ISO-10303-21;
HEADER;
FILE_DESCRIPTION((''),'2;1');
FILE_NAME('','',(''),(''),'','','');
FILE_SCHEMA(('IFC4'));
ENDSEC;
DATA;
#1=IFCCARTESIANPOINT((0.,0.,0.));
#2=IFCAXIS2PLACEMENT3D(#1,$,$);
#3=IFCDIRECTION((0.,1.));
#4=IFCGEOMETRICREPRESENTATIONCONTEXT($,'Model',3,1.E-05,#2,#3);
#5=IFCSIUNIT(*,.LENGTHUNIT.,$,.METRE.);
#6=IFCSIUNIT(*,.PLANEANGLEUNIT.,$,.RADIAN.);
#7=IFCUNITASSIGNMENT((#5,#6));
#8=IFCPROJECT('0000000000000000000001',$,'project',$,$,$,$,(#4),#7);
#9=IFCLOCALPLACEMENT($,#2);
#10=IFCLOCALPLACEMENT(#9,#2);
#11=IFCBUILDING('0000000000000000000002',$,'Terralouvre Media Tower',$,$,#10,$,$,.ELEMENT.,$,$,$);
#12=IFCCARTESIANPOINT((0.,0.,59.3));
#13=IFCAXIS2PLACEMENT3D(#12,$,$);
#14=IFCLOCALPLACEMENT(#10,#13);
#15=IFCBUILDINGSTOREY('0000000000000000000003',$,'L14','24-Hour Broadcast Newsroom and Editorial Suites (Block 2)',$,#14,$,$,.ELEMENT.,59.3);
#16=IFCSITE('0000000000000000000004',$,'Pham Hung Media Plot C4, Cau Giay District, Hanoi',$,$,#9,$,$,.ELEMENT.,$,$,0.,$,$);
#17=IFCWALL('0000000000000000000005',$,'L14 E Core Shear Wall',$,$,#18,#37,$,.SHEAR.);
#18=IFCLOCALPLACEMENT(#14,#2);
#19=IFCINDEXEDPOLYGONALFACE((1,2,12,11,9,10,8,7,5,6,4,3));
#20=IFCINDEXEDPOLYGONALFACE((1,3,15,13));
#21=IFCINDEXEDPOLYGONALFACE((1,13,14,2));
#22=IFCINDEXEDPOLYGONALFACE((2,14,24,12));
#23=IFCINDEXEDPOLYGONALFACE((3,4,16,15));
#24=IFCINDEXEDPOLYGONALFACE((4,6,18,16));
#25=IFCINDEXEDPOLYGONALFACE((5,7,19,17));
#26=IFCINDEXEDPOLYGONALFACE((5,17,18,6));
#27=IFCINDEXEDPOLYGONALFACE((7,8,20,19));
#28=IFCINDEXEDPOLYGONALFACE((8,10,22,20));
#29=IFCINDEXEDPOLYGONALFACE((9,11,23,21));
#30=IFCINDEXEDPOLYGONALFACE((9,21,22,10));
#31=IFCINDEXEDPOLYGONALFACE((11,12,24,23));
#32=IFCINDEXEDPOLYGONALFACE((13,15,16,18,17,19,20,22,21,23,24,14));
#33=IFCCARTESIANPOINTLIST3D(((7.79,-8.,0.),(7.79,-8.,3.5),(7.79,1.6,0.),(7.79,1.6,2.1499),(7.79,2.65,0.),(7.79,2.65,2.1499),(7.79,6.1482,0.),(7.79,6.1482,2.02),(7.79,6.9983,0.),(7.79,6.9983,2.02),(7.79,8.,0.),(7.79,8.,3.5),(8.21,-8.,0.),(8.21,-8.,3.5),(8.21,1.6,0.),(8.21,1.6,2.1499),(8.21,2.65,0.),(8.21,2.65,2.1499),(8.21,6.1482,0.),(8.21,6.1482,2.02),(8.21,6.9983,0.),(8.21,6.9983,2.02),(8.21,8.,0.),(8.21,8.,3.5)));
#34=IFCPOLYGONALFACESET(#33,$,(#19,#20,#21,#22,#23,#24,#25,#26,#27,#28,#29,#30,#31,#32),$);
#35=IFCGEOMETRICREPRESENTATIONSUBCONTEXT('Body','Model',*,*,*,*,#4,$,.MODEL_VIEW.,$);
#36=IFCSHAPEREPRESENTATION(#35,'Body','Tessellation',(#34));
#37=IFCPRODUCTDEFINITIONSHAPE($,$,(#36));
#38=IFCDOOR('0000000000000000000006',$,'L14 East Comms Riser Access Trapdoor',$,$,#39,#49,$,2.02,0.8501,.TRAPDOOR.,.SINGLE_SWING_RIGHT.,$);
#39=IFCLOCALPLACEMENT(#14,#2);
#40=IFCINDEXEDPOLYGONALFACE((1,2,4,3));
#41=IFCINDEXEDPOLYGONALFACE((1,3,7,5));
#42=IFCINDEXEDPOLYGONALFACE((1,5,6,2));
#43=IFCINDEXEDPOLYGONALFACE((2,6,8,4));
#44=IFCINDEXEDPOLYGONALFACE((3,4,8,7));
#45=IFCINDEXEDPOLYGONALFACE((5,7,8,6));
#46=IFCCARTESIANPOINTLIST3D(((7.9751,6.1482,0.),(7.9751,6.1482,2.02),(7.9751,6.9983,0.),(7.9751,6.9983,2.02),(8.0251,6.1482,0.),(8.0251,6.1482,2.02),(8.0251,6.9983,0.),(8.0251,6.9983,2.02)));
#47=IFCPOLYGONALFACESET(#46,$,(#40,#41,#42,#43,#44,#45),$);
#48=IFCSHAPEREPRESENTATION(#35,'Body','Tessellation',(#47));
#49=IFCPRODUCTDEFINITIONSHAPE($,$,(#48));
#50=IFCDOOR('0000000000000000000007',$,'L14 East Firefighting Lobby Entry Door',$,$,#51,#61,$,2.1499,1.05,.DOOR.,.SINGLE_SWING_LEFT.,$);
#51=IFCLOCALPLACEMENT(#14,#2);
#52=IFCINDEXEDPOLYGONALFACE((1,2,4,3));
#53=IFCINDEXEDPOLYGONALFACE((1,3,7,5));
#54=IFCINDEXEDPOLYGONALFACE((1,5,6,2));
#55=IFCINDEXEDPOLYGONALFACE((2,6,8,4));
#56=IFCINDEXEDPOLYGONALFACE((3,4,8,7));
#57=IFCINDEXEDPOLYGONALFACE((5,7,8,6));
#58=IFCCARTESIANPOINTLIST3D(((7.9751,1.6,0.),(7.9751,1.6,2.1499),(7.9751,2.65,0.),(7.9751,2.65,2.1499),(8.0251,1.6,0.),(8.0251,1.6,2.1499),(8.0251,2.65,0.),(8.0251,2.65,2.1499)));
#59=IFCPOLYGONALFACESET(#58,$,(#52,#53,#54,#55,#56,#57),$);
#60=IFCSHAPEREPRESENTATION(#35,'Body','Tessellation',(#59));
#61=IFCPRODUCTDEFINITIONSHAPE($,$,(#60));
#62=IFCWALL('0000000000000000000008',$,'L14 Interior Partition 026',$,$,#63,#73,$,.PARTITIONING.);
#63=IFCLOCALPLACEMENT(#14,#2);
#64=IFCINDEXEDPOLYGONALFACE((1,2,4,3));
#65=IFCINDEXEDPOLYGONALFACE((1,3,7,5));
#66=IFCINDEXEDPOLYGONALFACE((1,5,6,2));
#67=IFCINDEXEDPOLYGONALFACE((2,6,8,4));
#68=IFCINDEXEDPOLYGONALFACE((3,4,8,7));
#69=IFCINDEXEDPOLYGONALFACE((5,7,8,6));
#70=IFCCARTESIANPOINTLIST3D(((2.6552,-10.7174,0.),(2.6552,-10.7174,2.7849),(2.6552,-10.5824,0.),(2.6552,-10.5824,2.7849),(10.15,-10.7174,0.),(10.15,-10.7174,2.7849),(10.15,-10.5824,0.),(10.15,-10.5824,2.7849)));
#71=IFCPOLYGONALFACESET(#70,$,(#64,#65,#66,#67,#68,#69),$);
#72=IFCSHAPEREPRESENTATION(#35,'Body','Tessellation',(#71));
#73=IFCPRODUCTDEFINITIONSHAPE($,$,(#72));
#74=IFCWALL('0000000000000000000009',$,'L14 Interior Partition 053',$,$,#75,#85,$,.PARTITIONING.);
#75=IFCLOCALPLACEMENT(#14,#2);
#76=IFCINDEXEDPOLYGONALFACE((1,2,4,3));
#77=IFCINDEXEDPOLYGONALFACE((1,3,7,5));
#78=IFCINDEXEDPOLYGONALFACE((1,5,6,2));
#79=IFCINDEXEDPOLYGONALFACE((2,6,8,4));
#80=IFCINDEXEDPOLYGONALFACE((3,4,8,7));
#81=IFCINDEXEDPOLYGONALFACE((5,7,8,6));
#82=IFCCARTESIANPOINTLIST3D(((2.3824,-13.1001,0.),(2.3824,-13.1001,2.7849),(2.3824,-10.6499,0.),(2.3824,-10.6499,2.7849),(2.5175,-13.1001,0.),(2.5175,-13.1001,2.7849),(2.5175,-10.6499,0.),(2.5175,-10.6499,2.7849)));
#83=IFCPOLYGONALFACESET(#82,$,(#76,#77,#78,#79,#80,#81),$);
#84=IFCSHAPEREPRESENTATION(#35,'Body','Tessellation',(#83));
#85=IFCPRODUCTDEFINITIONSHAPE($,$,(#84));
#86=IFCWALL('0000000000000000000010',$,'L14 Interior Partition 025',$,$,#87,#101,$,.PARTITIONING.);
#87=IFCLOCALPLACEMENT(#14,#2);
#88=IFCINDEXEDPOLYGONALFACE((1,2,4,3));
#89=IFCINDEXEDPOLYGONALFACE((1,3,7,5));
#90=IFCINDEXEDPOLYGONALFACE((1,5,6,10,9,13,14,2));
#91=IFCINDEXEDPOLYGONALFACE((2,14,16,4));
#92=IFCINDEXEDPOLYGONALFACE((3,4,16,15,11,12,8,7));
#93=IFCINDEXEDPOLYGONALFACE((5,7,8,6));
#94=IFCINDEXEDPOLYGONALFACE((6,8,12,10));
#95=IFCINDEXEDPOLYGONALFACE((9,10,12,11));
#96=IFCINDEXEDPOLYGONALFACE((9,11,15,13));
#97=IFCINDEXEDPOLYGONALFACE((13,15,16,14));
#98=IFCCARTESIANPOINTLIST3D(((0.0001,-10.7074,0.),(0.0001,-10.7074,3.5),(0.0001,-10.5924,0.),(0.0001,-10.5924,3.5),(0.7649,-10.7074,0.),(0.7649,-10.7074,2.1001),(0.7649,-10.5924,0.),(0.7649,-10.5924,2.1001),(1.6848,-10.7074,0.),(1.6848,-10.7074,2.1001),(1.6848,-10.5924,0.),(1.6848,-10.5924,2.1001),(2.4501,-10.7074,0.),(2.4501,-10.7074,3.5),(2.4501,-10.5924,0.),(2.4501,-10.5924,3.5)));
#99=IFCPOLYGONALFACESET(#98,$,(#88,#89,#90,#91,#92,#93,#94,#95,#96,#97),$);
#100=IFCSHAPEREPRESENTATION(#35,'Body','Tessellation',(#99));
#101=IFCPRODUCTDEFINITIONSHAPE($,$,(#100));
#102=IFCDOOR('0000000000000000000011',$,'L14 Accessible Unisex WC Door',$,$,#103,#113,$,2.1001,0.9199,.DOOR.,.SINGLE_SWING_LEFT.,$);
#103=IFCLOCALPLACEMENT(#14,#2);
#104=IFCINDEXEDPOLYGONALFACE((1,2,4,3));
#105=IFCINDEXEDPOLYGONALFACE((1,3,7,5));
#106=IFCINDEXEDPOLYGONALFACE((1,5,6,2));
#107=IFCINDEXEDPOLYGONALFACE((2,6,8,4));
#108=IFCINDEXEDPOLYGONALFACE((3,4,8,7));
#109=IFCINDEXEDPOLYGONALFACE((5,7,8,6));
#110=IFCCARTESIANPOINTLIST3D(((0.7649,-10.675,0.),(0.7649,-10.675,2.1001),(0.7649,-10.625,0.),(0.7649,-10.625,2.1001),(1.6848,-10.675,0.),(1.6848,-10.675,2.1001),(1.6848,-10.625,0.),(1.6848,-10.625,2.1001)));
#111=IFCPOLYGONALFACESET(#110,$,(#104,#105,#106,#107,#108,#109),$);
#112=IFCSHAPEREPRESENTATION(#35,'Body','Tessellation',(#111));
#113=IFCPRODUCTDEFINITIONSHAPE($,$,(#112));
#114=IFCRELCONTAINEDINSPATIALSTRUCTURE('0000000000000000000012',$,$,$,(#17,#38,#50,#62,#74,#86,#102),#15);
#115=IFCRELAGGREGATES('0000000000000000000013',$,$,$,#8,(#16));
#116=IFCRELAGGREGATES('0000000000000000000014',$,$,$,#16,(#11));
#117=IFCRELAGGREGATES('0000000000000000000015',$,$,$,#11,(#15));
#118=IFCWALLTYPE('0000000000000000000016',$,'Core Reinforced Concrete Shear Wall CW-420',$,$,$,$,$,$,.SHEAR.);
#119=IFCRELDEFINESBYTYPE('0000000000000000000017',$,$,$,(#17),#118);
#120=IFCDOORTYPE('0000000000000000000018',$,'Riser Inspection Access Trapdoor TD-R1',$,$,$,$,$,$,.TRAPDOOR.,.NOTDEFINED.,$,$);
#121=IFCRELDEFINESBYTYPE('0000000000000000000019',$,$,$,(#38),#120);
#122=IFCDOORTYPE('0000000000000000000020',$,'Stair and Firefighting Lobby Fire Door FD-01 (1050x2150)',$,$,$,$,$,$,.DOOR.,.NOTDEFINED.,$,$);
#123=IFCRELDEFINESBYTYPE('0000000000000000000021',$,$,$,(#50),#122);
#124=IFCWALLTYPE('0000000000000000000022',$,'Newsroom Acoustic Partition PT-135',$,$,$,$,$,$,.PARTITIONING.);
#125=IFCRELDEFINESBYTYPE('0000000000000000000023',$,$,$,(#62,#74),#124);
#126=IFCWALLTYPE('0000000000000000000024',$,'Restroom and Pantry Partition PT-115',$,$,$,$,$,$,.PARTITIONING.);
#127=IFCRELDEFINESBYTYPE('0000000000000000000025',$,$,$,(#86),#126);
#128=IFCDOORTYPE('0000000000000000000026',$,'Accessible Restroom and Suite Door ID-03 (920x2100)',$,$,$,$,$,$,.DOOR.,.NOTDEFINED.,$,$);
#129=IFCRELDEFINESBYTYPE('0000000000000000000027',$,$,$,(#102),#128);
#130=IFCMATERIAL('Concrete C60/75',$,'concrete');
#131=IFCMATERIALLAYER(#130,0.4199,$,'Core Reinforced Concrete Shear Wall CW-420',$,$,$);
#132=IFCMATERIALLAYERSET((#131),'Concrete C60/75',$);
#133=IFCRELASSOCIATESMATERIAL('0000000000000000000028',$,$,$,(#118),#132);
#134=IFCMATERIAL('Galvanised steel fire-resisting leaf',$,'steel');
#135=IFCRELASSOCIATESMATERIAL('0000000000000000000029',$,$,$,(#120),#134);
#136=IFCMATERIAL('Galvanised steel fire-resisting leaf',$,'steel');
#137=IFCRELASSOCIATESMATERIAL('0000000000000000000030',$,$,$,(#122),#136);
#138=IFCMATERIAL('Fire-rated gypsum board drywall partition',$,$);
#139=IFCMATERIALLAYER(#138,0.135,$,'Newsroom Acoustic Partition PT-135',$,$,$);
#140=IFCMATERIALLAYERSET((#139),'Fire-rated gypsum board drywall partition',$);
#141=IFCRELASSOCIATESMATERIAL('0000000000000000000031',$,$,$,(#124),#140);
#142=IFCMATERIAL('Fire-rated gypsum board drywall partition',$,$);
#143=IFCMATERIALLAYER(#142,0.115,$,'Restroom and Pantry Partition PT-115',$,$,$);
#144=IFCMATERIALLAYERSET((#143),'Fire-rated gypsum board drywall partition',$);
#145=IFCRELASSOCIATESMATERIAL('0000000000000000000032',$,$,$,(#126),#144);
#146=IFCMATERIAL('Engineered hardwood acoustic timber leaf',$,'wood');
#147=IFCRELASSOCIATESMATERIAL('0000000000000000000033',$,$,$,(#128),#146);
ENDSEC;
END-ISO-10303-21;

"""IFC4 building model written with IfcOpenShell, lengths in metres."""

from ifc_helpers import new_model, si_unit, direction, frame, frame_2d, origin, place, context, subcontext, project, spatial, rectangle, extrude, material, layer, layer_set, type_object, element, fill, save


model = new_model("IFC4")

# Units and contexts
model_context = context("Model", 3, precision=1e-05, world=origin(), true_north=direction((0.0, 1.0)))
body_context = subcontext(model_context, "Body", "Model", "MODEL_VIEW")
ifc_project = project(units=[si_unit("LENGTHUNIT", "METRE"), si_unit("PLANEANGLEUNIT", "RADIAN")], contexts=[model_context])

# Site, building, storey
site_placement = place(None, origin())
site = spatial("IfcSite", under=ifc_project, at=site_placement, Name="Pham Hung Media Plot C4, Cau Giay District, Hanoi", CompositionType="ELEMENT", RefElevation=0.0)
building_placement = place(site_placement, origin())
building = spatial("IfcBuilding", under=site, at=building_placement, Name="Terralouvre Media Tower", CompositionType="ELEMENT")
storey_placement = place(building_placement, frame((0.0, 0.0, 59.3)))
storey = spatial("IfcBuildingStorey", under=building, at=storey_placement, Name="L14", Description="24-Hour Broadcast Newsroom and Editorial Suites (Block 2)", CompositionType="ELEMENT", Elevation=59.3)

# Wall, openings, doors
ifc_material_1 = material(Name="Concrete C60/75", Category="concrete")
ifc_layer_1 = layer(ifc_material_1, 0.4199, Name="Core Reinforced Concrete Shear Wall CW-420")
ifc_layer_set_1 = layer_set([ifc_layer_1], Name="Concrete C60/75")
wall_type_1 = type_object("IfcWallType", Name="Core Reinforced Concrete Shear Wall CW-420", PredefinedType="SHEAR", material=ifc_layer_set_1)
wall_1_placement = place(storey_placement, frame((8.0, -8.0, 0.0), z_axis=(0.0, 0.0, 1.0), x_axis=(0.0, 1.0, 0.0)))
wall_1 = element("IfcWall", 1, at=wall_1_placement, inside=storey, type_object=wall_type_1, Name="L14 E Core Shear Wall", PredefinedType="SHEAR", context=body_context, shape_type="SweptSolid", body=[
    extrude(rectangle(XDim=16.0, YDim=0.4199, at=frame_2d((8.0, 0.0))), origin(), (0.0, 0.0, 1.0), 3.5),
])
opening_1_placement = place(wall_1_placement, frame((9.6001, 0.0, 0.0)))
opening_1 = element("IfcOpeningElement", 2, at=opening_1_placement, cuts=wall_1, PredefinedType="OPENING", context=body_context, shape_type="SweptSolid", body=[
    extrude(rectangle(XDim=1.05, YDim=2.1499, at=frame_2d((0.5249, 1.075))), frame((0.0, 0.22, 0.0), z_axis=(0.0, -1.0, 0.0), x_axis=(1.0, 0.0, 0.0)), (0.0, 0.0, 1.0), 0.4399),
])
opening_2_placement = place(wall_1_placement, frame((14.1482, 0.0, 0.0)))
opening_2 = element("IfcOpeningElement", 3, at=opening_2_placement, cuts=wall_1, PredefinedType="OPENING", context=body_context, shape_type="SweptSolid", body=[
    extrude(rectangle(XDim=0.8501, YDim=2.02, at=frame_2d((0.425, 1.01))), frame((0.0, 0.22, 0.0), z_axis=(0.0, -1.0, 0.0), x_axis=(1.0, 0.0, 0.0)), (0.0, 0.0, 1.0), 0.4399),
])
ifc_material_2 = material(Name="Galvanised steel fire-resisting leaf", Category="steel")
door_type_1 = type_object("IfcDoorType", Name="Riser Inspection Access Trapdoor TD-R1", OperationType="NOTDEFINED", PredefinedType="TRAPDOOR", material=ifc_material_2)
door_1_placement = place(opening_2_placement, origin())
door_1 = element("IfcDoor", 4, at=door_1_placement, inside=storey, type_object=door_type_1, Name="L14 East Comms Riser Access Trapdoor", OperationType="SINGLE_SWING_RIGHT", OverallHeight=2.02, OverallWidth=0.8501, PredefinedType="TRAPDOOR", context=body_context, shape_type="SweptSolid", body=[
    extrude(rectangle(XDim=0.8501, YDim=2.02, at=frame_2d((0.425, 1.01))), frame((0.0, 0.0249, 0.0), z_axis=(0.0, -1.0, 0.0), x_axis=(1.0, 0.0, 0.0)), (0.0, 0.0, 1.0), 0.05),
])
fill(opening_2, door_1)
ifc_material_3 = material(Name="Galvanised steel fire-resisting leaf", Category="steel")
door_type_2 = type_object("IfcDoorType", Name="Stair and Firefighting Lobby Fire Door FD-01 (1050x2150)", OperationType="NOTDEFINED", PredefinedType="DOOR", material=ifc_material_3)
door_2_placement = place(opening_1_placement, origin())
door_2 = element("IfcDoor", 5, at=door_2_placement, inside=storey, type_object=door_type_2, Name="L14 East Firefighting Lobby Entry Door", OperationType="SINGLE_SWING_LEFT", OverallHeight=2.1499, OverallWidth=1.05, PredefinedType="DOOR", context=body_context, shape_type="SweptSolid", body=[
    extrude(rectangle(XDim=1.05, YDim=2.1499, at=frame_2d((0.5249, 1.075))), frame((0.0, 0.0249, 0.0), z_axis=(0.0, -1.0, 0.0), x_axis=(1.0, 0.0, 0.0)), (0.0, 0.0, 1.0), 0.05),
])
fill(opening_1, door_2)

# Walls
ifc_material_4 = material(Name="Fire-rated gypsum board drywall partition")
ifc_layer_2 = layer(ifc_material_4, 0.135, Name="Newsroom Acoustic Partition PT-135")
ifc_layer_set_2 = layer_set([ifc_layer_2], Name="Fire-rated gypsum board drywall partition")
wall_type_2 = type_object("IfcWallType", Name="Newsroom Acoustic Partition PT-135", PredefinedType="PARTITIONING", material=ifc_layer_set_2)
wall_2_placement = place(storey_placement, frame((2.655, -10.6499, 0.0), z_axis=(0.0, 0.0, 1.0), x_axis=(1.0, 0.0, 0.0)))
element("IfcWall", 6, at=wall_2_placement, inside=storey, type_object=wall_type_2, Name="L14 Interior Partition 026", PredefinedType="PARTITIONING", context=body_context, shape_type="SweptSolid", body=[
    extrude(rectangle(XDim=7.4949, YDim=0.135, at=frame_2d((3.7476, 0.0))), origin(), (0.0, 0.0, 1.0), 2.7849),
])
wall_3_placement = place(storey_placement, frame((2.45, -10.6499, 0.0), z_axis=(0.0, 0.0, 1.0), x_axis=(0.0, -1.0, 0.0)))
element("IfcWall", 7, at=wall_3_placement, inside=storey, type_object=wall_type_2, Name="L14 Interior Partition 053", PredefinedType="PARTITIONING", context=body_context, shape_type="SweptSolid", body=[
    extrude(rectangle(XDim=2.4502, YDim=0.135, at=frame_2d((1.2251, 0.0))), origin(), (0.0, 0.0, 1.0), 2.7849),
])

# Wall, opening, door
ifc_material_5 = material(Name="Fire-rated gypsum board drywall partition")
ifc_layer_3 = layer(ifc_material_5, 0.115, Name="Restroom and Pantry Partition PT-115")
ifc_layer_set_3 = layer_set([ifc_layer_3], Name="Fire-rated gypsum board drywall partition")
wall_type_3 = type_object("IfcWallType", Name="Restroom and Pantry Partition PT-115", PredefinedType="PARTITIONING", material=ifc_layer_set_3)
wall_4_placement = place(storey_placement, frame((0.0, -10.6499, 0.0), z_axis=(0.0, 0.0, 1.0), x_axis=(1.0, 0.0, 0.0)))
wall_4 = element("IfcWall", 8, at=wall_4_placement, inside=storey, type_object=wall_type_3, Name="L14 Interior Partition 025", PredefinedType="PARTITIONING", context=body_context, shape_type="SweptSolid", body=[
    extrude(rectangle(XDim=2.45, YDim=0.115, at=frame_2d((1.2251, 0.0))), origin(), (0.0, 0.0, 1.0), 3.5),
])
opening_3_placement = place(wall_4_placement, frame((0.7649, 0.0, 0.0)))
opening_3 = element("IfcOpeningElement", 9, at=opening_3_placement, cuts=wall_4, PredefinedType="OPENING", context=body_context, shape_type="SweptSolid", body=[
    extrude(rectangle(XDim=0.9199, YDim=2.1001, at=frame_2d((0.46, 1.05))), frame((0.0, 0.0674, 0.0), z_axis=(0.0, -1.0, 0.0), x_axis=(1.0, 0.0, 0.0)), (0.0, 0.0, 1.0), 0.135),
])
ifc_material_6 = material(Name="Engineered hardwood acoustic timber leaf", Category="wood")
door_type_3 = type_object("IfcDoorType", Name="Accessible Restroom and Suite Door ID-03 (920x2100)", OperationType="NOTDEFINED", PredefinedType="DOOR", material=ifc_material_6)
door_3_placement = place(opening_3_placement, origin())
door_3 = element("IfcDoor", 10, at=door_3_placement, inside=storey, type_object=door_type_3, Name="L14 Accessible Unisex WC Door", OperationType="SINGLE_SWING_LEFT", OverallHeight=2.1001, OverallWidth=0.9199, PredefinedType="DOOR", context=body_context, shape_type="SweptSolid", body=[
    extrude(rectangle(XDim=0.9199, YDim=2.1001, at=frame_2d((0.46, 1.05))), frame((0.0, 0.0249, 0.0), z_axis=(0.0, -1.0, 0.0), x_axis=(1.0, 0.0, 0.0)), (0.0, 0.0, 1.0), 0.05),
])
fill(opening_3, door_3)

save(model, "model.ifc")
